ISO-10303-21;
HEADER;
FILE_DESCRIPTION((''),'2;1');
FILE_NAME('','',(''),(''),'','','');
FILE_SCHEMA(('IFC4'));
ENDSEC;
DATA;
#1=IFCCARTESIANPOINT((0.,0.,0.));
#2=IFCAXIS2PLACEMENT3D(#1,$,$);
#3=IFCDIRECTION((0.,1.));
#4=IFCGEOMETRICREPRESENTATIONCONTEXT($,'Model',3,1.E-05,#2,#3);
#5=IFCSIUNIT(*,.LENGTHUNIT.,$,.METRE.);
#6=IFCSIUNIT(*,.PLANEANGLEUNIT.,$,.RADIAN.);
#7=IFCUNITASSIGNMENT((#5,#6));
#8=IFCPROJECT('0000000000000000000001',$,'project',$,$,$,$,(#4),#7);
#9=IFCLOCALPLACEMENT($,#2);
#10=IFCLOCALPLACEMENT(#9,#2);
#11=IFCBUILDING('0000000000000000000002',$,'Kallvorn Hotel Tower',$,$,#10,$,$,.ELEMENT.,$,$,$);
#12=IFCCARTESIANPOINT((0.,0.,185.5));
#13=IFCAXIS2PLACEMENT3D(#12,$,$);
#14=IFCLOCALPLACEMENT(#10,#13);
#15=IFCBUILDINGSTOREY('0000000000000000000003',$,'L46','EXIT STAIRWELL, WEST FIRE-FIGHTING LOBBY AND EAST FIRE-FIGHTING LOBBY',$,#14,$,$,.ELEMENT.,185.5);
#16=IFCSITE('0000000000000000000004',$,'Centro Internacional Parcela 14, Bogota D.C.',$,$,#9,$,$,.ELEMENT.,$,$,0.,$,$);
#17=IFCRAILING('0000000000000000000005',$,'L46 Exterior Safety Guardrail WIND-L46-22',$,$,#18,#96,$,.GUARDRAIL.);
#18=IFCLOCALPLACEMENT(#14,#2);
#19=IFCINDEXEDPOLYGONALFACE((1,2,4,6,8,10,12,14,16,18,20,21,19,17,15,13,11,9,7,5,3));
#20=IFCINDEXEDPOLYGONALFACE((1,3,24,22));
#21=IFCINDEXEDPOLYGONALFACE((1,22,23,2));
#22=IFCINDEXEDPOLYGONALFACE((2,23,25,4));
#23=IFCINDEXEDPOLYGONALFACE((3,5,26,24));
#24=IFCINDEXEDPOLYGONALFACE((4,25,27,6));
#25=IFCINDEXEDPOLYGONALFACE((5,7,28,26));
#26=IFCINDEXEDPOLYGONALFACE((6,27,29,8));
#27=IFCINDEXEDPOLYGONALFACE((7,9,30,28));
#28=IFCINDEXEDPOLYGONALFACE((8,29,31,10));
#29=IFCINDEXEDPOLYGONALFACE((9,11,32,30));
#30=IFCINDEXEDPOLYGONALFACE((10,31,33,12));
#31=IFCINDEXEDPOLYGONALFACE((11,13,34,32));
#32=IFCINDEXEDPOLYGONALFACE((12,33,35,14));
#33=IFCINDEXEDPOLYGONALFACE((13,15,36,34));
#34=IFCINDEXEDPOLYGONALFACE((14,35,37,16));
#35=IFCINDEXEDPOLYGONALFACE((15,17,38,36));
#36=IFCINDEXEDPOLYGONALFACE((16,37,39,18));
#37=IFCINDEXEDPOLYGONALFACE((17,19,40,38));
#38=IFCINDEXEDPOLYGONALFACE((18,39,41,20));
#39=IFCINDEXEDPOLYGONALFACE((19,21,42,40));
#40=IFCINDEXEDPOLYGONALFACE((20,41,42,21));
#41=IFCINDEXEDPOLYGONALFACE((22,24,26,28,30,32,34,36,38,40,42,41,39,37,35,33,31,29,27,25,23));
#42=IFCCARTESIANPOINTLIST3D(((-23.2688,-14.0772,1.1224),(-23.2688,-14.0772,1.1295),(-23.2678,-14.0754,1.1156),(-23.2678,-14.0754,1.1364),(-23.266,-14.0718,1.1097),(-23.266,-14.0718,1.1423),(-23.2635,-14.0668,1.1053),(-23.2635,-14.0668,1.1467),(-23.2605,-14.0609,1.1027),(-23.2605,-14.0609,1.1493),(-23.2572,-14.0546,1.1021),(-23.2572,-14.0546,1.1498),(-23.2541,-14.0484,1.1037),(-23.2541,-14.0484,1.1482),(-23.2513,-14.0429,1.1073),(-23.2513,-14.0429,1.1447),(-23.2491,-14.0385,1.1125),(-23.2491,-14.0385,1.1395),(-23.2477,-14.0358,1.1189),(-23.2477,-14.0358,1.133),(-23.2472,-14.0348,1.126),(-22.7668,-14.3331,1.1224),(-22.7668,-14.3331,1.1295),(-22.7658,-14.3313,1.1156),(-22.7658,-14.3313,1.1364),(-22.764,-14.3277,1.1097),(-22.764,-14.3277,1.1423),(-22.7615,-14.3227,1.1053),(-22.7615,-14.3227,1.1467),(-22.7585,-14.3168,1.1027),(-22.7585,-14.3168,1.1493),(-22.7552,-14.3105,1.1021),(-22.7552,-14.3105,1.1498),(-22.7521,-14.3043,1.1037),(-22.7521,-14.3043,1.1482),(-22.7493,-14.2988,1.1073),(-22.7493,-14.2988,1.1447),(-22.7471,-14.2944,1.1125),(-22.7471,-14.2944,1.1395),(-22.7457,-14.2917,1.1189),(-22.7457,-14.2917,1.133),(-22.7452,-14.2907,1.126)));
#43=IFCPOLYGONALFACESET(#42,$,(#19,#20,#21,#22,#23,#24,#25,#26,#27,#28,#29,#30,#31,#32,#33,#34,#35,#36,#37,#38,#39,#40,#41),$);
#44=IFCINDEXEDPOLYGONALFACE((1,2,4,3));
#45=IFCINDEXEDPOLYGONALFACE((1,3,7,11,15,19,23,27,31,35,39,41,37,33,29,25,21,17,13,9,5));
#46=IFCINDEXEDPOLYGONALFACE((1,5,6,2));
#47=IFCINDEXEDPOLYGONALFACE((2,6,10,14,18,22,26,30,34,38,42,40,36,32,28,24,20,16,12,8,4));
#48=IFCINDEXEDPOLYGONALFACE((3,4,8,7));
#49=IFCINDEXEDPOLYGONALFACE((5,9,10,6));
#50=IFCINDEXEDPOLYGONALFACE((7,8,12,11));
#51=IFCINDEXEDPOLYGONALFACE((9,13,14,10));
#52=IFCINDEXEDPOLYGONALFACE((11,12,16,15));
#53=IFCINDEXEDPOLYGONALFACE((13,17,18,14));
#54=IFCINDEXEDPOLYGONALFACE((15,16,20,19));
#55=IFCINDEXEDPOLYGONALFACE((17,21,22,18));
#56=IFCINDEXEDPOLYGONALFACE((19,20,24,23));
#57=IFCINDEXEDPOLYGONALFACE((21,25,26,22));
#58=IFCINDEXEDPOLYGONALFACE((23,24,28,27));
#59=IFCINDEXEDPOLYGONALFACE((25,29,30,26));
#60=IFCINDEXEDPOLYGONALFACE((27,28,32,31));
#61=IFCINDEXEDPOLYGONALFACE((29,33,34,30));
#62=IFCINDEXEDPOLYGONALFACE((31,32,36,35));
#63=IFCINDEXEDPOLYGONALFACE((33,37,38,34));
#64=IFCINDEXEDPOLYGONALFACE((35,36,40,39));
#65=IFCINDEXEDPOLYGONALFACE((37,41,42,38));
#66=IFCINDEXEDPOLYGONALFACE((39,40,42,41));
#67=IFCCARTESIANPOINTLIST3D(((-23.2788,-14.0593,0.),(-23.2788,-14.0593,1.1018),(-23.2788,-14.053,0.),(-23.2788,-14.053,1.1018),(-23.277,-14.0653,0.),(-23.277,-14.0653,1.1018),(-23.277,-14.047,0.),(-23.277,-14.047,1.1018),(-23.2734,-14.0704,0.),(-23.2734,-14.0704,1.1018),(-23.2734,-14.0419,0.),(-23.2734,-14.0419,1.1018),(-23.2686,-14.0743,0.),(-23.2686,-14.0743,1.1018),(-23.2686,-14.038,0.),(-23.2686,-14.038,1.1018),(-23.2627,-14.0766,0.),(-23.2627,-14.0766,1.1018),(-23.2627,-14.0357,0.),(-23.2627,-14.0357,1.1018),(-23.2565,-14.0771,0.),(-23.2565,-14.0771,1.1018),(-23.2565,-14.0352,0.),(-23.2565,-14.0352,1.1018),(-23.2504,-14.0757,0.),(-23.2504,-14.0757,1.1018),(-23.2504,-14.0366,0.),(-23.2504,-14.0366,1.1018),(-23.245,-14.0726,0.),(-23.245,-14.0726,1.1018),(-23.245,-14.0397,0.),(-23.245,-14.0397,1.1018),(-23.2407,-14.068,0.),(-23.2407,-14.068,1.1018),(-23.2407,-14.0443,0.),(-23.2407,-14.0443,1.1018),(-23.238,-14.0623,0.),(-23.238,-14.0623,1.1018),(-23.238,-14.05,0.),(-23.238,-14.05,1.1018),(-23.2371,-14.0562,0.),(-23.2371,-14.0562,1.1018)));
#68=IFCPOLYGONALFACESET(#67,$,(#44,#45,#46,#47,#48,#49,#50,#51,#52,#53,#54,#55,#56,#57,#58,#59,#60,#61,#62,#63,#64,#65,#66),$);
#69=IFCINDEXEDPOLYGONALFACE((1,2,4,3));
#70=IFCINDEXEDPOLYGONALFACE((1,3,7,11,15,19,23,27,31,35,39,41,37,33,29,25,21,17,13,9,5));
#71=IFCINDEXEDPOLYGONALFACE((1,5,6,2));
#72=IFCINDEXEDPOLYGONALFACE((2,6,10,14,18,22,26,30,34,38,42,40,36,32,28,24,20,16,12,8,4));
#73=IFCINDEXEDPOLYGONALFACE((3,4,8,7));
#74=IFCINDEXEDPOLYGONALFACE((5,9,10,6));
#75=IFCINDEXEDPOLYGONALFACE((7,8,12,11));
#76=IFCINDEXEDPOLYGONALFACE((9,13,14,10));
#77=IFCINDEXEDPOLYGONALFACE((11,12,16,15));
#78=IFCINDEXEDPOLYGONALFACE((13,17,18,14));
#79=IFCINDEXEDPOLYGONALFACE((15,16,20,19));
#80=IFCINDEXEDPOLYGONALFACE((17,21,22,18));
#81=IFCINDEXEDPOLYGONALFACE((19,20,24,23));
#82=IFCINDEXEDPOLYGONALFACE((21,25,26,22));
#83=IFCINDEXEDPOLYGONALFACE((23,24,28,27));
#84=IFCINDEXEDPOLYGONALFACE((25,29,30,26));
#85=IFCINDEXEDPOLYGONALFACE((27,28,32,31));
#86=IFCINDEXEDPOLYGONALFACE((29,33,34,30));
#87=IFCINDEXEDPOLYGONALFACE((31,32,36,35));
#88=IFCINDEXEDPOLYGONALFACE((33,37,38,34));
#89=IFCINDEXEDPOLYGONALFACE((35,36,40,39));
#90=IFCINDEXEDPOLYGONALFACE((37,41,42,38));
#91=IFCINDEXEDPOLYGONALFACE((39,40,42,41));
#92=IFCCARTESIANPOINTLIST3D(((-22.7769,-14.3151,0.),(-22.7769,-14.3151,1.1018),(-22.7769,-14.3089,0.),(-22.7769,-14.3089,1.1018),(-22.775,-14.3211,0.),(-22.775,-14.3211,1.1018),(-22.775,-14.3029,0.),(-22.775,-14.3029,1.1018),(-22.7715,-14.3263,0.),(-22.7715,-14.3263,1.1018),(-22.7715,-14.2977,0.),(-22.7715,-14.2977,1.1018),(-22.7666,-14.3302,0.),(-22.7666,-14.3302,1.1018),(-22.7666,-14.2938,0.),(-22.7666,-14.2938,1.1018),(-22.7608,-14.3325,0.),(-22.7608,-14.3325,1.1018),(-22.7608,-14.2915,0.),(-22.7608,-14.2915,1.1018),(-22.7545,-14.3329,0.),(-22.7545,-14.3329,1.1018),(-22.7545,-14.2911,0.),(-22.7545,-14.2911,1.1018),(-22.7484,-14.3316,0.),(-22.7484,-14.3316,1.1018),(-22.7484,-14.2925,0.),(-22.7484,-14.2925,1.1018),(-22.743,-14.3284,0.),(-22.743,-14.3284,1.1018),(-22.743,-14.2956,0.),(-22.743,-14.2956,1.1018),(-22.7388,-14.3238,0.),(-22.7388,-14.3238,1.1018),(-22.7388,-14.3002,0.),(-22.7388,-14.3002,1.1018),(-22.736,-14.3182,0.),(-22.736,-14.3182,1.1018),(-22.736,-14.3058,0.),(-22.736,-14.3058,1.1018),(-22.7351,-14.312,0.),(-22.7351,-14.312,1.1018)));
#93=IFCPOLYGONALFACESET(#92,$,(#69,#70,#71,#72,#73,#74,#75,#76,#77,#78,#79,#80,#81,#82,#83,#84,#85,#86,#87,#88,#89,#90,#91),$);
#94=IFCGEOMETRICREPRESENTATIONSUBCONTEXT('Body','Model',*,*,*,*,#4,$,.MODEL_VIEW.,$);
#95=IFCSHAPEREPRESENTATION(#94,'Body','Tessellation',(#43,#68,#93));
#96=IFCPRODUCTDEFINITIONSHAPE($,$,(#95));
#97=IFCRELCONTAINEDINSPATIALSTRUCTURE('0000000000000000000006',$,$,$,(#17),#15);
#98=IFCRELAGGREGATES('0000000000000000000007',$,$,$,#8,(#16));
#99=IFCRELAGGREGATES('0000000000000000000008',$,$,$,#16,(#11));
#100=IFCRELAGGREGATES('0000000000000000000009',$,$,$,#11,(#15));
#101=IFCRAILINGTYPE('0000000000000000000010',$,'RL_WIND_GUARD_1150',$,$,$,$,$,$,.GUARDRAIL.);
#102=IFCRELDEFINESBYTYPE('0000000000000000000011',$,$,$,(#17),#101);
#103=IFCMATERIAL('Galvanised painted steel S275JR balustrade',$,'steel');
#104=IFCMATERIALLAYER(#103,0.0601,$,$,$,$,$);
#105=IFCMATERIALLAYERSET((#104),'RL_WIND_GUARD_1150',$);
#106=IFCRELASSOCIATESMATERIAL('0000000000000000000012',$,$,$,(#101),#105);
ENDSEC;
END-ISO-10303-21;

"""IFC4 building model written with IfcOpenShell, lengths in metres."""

from ifc_helpers import new_model, si_unit, direction, frame, origin, origin_2d, place, context, subcontext, project, spatial, circle, extrude, material, layer, layer_set, type_object, element, save


model = new_model("IFC4")

# Units and contexts
model_context = context("Model", 3, precision=1e-05, world=origin(), true_north=direction((0.0, 1.0)))
body_context = subcontext(model_context, "Body", "Model", "MODEL_VIEW")
ifc_project = project(units=[si_unit("LENGTHUNIT", "METRE"), si_unit("PLANEANGLEUNIT", "RADIAN")], contexts=[model_context])

# Site, building, storey
site_placement = place(None, origin())
site = spatial("IfcSite", under=ifc_project, at=site_placement, Name="Centro Internacional Parcela 14, Bogota D.C.", CompositionType="ELEMENT", RefElevation=0.0)
building_placement = place(site_placement, origin())
building = spatial("IfcBuilding", under=site, at=building_placement, Name="Kallvorn Hotel Tower", CompositionType="ELEMENT")
storey_placement = place(building_placement, frame((0.0, 0.0, 185.5)))
storey = spatial("IfcBuildingStorey", under=building, at=storey_placement, Name="L46", Description="EXIT STAIRWELL, WEST FIRE-FIGHTING LOBBY AND EAST FIRE-FIGHTING LOBBY", CompositionType="ELEMENT", Elevation=185.5)

# Railing
ifc_material_1 = material(Name="Galvanised painted steel S275JR balustrade", Category="steel")
ifc_layer_1 = layer(ifc_material_1, 0.0601)
ifc_layer_set_1 = layer_set([ifc_layer_1], Name="RL_WIND_GUARD_1150")
railing_type = type_object("IfcRailingType", Name="RL_WIND_GUARD_1150", PredefinedType="GUARDRAIL", material=ifc_layer_set_1)
railing_1_placement = place(storey_placement, frame((-23.2581, -14.0562, 0.0)))
element("IfcRailing", 1, at=railing_1_placement, inside=storey, type_object=railing_type, Name="L46 Exterior Safety Guardrail WIND-L46-22", PredefinedType="GUARDRAIL", context=body_context, shape_type="SweptSolid", body=[
    extrude(circle(Radius=0.0239, at=origin_2d()), frame((0.0, 0.0, 1.126), z_axis=(0.890934, -0.454133, 0.0), x_axis=(0.454133, 0.890934, 0.0)), (0.0, 0.0, 1.0), 0.5635),
    extrude(circle(Radius=0.021, at=origin_2d()), origin(), (0.0, 0.0, 1.0), 1.1018),
    extrude(circle(Radius=0.021, at=origin_2d()), frame((0.502, -0.2559, 0.0)), (0.0, 0.0, 1.0), 1.1018),
])

save(model, "model.ifc")
